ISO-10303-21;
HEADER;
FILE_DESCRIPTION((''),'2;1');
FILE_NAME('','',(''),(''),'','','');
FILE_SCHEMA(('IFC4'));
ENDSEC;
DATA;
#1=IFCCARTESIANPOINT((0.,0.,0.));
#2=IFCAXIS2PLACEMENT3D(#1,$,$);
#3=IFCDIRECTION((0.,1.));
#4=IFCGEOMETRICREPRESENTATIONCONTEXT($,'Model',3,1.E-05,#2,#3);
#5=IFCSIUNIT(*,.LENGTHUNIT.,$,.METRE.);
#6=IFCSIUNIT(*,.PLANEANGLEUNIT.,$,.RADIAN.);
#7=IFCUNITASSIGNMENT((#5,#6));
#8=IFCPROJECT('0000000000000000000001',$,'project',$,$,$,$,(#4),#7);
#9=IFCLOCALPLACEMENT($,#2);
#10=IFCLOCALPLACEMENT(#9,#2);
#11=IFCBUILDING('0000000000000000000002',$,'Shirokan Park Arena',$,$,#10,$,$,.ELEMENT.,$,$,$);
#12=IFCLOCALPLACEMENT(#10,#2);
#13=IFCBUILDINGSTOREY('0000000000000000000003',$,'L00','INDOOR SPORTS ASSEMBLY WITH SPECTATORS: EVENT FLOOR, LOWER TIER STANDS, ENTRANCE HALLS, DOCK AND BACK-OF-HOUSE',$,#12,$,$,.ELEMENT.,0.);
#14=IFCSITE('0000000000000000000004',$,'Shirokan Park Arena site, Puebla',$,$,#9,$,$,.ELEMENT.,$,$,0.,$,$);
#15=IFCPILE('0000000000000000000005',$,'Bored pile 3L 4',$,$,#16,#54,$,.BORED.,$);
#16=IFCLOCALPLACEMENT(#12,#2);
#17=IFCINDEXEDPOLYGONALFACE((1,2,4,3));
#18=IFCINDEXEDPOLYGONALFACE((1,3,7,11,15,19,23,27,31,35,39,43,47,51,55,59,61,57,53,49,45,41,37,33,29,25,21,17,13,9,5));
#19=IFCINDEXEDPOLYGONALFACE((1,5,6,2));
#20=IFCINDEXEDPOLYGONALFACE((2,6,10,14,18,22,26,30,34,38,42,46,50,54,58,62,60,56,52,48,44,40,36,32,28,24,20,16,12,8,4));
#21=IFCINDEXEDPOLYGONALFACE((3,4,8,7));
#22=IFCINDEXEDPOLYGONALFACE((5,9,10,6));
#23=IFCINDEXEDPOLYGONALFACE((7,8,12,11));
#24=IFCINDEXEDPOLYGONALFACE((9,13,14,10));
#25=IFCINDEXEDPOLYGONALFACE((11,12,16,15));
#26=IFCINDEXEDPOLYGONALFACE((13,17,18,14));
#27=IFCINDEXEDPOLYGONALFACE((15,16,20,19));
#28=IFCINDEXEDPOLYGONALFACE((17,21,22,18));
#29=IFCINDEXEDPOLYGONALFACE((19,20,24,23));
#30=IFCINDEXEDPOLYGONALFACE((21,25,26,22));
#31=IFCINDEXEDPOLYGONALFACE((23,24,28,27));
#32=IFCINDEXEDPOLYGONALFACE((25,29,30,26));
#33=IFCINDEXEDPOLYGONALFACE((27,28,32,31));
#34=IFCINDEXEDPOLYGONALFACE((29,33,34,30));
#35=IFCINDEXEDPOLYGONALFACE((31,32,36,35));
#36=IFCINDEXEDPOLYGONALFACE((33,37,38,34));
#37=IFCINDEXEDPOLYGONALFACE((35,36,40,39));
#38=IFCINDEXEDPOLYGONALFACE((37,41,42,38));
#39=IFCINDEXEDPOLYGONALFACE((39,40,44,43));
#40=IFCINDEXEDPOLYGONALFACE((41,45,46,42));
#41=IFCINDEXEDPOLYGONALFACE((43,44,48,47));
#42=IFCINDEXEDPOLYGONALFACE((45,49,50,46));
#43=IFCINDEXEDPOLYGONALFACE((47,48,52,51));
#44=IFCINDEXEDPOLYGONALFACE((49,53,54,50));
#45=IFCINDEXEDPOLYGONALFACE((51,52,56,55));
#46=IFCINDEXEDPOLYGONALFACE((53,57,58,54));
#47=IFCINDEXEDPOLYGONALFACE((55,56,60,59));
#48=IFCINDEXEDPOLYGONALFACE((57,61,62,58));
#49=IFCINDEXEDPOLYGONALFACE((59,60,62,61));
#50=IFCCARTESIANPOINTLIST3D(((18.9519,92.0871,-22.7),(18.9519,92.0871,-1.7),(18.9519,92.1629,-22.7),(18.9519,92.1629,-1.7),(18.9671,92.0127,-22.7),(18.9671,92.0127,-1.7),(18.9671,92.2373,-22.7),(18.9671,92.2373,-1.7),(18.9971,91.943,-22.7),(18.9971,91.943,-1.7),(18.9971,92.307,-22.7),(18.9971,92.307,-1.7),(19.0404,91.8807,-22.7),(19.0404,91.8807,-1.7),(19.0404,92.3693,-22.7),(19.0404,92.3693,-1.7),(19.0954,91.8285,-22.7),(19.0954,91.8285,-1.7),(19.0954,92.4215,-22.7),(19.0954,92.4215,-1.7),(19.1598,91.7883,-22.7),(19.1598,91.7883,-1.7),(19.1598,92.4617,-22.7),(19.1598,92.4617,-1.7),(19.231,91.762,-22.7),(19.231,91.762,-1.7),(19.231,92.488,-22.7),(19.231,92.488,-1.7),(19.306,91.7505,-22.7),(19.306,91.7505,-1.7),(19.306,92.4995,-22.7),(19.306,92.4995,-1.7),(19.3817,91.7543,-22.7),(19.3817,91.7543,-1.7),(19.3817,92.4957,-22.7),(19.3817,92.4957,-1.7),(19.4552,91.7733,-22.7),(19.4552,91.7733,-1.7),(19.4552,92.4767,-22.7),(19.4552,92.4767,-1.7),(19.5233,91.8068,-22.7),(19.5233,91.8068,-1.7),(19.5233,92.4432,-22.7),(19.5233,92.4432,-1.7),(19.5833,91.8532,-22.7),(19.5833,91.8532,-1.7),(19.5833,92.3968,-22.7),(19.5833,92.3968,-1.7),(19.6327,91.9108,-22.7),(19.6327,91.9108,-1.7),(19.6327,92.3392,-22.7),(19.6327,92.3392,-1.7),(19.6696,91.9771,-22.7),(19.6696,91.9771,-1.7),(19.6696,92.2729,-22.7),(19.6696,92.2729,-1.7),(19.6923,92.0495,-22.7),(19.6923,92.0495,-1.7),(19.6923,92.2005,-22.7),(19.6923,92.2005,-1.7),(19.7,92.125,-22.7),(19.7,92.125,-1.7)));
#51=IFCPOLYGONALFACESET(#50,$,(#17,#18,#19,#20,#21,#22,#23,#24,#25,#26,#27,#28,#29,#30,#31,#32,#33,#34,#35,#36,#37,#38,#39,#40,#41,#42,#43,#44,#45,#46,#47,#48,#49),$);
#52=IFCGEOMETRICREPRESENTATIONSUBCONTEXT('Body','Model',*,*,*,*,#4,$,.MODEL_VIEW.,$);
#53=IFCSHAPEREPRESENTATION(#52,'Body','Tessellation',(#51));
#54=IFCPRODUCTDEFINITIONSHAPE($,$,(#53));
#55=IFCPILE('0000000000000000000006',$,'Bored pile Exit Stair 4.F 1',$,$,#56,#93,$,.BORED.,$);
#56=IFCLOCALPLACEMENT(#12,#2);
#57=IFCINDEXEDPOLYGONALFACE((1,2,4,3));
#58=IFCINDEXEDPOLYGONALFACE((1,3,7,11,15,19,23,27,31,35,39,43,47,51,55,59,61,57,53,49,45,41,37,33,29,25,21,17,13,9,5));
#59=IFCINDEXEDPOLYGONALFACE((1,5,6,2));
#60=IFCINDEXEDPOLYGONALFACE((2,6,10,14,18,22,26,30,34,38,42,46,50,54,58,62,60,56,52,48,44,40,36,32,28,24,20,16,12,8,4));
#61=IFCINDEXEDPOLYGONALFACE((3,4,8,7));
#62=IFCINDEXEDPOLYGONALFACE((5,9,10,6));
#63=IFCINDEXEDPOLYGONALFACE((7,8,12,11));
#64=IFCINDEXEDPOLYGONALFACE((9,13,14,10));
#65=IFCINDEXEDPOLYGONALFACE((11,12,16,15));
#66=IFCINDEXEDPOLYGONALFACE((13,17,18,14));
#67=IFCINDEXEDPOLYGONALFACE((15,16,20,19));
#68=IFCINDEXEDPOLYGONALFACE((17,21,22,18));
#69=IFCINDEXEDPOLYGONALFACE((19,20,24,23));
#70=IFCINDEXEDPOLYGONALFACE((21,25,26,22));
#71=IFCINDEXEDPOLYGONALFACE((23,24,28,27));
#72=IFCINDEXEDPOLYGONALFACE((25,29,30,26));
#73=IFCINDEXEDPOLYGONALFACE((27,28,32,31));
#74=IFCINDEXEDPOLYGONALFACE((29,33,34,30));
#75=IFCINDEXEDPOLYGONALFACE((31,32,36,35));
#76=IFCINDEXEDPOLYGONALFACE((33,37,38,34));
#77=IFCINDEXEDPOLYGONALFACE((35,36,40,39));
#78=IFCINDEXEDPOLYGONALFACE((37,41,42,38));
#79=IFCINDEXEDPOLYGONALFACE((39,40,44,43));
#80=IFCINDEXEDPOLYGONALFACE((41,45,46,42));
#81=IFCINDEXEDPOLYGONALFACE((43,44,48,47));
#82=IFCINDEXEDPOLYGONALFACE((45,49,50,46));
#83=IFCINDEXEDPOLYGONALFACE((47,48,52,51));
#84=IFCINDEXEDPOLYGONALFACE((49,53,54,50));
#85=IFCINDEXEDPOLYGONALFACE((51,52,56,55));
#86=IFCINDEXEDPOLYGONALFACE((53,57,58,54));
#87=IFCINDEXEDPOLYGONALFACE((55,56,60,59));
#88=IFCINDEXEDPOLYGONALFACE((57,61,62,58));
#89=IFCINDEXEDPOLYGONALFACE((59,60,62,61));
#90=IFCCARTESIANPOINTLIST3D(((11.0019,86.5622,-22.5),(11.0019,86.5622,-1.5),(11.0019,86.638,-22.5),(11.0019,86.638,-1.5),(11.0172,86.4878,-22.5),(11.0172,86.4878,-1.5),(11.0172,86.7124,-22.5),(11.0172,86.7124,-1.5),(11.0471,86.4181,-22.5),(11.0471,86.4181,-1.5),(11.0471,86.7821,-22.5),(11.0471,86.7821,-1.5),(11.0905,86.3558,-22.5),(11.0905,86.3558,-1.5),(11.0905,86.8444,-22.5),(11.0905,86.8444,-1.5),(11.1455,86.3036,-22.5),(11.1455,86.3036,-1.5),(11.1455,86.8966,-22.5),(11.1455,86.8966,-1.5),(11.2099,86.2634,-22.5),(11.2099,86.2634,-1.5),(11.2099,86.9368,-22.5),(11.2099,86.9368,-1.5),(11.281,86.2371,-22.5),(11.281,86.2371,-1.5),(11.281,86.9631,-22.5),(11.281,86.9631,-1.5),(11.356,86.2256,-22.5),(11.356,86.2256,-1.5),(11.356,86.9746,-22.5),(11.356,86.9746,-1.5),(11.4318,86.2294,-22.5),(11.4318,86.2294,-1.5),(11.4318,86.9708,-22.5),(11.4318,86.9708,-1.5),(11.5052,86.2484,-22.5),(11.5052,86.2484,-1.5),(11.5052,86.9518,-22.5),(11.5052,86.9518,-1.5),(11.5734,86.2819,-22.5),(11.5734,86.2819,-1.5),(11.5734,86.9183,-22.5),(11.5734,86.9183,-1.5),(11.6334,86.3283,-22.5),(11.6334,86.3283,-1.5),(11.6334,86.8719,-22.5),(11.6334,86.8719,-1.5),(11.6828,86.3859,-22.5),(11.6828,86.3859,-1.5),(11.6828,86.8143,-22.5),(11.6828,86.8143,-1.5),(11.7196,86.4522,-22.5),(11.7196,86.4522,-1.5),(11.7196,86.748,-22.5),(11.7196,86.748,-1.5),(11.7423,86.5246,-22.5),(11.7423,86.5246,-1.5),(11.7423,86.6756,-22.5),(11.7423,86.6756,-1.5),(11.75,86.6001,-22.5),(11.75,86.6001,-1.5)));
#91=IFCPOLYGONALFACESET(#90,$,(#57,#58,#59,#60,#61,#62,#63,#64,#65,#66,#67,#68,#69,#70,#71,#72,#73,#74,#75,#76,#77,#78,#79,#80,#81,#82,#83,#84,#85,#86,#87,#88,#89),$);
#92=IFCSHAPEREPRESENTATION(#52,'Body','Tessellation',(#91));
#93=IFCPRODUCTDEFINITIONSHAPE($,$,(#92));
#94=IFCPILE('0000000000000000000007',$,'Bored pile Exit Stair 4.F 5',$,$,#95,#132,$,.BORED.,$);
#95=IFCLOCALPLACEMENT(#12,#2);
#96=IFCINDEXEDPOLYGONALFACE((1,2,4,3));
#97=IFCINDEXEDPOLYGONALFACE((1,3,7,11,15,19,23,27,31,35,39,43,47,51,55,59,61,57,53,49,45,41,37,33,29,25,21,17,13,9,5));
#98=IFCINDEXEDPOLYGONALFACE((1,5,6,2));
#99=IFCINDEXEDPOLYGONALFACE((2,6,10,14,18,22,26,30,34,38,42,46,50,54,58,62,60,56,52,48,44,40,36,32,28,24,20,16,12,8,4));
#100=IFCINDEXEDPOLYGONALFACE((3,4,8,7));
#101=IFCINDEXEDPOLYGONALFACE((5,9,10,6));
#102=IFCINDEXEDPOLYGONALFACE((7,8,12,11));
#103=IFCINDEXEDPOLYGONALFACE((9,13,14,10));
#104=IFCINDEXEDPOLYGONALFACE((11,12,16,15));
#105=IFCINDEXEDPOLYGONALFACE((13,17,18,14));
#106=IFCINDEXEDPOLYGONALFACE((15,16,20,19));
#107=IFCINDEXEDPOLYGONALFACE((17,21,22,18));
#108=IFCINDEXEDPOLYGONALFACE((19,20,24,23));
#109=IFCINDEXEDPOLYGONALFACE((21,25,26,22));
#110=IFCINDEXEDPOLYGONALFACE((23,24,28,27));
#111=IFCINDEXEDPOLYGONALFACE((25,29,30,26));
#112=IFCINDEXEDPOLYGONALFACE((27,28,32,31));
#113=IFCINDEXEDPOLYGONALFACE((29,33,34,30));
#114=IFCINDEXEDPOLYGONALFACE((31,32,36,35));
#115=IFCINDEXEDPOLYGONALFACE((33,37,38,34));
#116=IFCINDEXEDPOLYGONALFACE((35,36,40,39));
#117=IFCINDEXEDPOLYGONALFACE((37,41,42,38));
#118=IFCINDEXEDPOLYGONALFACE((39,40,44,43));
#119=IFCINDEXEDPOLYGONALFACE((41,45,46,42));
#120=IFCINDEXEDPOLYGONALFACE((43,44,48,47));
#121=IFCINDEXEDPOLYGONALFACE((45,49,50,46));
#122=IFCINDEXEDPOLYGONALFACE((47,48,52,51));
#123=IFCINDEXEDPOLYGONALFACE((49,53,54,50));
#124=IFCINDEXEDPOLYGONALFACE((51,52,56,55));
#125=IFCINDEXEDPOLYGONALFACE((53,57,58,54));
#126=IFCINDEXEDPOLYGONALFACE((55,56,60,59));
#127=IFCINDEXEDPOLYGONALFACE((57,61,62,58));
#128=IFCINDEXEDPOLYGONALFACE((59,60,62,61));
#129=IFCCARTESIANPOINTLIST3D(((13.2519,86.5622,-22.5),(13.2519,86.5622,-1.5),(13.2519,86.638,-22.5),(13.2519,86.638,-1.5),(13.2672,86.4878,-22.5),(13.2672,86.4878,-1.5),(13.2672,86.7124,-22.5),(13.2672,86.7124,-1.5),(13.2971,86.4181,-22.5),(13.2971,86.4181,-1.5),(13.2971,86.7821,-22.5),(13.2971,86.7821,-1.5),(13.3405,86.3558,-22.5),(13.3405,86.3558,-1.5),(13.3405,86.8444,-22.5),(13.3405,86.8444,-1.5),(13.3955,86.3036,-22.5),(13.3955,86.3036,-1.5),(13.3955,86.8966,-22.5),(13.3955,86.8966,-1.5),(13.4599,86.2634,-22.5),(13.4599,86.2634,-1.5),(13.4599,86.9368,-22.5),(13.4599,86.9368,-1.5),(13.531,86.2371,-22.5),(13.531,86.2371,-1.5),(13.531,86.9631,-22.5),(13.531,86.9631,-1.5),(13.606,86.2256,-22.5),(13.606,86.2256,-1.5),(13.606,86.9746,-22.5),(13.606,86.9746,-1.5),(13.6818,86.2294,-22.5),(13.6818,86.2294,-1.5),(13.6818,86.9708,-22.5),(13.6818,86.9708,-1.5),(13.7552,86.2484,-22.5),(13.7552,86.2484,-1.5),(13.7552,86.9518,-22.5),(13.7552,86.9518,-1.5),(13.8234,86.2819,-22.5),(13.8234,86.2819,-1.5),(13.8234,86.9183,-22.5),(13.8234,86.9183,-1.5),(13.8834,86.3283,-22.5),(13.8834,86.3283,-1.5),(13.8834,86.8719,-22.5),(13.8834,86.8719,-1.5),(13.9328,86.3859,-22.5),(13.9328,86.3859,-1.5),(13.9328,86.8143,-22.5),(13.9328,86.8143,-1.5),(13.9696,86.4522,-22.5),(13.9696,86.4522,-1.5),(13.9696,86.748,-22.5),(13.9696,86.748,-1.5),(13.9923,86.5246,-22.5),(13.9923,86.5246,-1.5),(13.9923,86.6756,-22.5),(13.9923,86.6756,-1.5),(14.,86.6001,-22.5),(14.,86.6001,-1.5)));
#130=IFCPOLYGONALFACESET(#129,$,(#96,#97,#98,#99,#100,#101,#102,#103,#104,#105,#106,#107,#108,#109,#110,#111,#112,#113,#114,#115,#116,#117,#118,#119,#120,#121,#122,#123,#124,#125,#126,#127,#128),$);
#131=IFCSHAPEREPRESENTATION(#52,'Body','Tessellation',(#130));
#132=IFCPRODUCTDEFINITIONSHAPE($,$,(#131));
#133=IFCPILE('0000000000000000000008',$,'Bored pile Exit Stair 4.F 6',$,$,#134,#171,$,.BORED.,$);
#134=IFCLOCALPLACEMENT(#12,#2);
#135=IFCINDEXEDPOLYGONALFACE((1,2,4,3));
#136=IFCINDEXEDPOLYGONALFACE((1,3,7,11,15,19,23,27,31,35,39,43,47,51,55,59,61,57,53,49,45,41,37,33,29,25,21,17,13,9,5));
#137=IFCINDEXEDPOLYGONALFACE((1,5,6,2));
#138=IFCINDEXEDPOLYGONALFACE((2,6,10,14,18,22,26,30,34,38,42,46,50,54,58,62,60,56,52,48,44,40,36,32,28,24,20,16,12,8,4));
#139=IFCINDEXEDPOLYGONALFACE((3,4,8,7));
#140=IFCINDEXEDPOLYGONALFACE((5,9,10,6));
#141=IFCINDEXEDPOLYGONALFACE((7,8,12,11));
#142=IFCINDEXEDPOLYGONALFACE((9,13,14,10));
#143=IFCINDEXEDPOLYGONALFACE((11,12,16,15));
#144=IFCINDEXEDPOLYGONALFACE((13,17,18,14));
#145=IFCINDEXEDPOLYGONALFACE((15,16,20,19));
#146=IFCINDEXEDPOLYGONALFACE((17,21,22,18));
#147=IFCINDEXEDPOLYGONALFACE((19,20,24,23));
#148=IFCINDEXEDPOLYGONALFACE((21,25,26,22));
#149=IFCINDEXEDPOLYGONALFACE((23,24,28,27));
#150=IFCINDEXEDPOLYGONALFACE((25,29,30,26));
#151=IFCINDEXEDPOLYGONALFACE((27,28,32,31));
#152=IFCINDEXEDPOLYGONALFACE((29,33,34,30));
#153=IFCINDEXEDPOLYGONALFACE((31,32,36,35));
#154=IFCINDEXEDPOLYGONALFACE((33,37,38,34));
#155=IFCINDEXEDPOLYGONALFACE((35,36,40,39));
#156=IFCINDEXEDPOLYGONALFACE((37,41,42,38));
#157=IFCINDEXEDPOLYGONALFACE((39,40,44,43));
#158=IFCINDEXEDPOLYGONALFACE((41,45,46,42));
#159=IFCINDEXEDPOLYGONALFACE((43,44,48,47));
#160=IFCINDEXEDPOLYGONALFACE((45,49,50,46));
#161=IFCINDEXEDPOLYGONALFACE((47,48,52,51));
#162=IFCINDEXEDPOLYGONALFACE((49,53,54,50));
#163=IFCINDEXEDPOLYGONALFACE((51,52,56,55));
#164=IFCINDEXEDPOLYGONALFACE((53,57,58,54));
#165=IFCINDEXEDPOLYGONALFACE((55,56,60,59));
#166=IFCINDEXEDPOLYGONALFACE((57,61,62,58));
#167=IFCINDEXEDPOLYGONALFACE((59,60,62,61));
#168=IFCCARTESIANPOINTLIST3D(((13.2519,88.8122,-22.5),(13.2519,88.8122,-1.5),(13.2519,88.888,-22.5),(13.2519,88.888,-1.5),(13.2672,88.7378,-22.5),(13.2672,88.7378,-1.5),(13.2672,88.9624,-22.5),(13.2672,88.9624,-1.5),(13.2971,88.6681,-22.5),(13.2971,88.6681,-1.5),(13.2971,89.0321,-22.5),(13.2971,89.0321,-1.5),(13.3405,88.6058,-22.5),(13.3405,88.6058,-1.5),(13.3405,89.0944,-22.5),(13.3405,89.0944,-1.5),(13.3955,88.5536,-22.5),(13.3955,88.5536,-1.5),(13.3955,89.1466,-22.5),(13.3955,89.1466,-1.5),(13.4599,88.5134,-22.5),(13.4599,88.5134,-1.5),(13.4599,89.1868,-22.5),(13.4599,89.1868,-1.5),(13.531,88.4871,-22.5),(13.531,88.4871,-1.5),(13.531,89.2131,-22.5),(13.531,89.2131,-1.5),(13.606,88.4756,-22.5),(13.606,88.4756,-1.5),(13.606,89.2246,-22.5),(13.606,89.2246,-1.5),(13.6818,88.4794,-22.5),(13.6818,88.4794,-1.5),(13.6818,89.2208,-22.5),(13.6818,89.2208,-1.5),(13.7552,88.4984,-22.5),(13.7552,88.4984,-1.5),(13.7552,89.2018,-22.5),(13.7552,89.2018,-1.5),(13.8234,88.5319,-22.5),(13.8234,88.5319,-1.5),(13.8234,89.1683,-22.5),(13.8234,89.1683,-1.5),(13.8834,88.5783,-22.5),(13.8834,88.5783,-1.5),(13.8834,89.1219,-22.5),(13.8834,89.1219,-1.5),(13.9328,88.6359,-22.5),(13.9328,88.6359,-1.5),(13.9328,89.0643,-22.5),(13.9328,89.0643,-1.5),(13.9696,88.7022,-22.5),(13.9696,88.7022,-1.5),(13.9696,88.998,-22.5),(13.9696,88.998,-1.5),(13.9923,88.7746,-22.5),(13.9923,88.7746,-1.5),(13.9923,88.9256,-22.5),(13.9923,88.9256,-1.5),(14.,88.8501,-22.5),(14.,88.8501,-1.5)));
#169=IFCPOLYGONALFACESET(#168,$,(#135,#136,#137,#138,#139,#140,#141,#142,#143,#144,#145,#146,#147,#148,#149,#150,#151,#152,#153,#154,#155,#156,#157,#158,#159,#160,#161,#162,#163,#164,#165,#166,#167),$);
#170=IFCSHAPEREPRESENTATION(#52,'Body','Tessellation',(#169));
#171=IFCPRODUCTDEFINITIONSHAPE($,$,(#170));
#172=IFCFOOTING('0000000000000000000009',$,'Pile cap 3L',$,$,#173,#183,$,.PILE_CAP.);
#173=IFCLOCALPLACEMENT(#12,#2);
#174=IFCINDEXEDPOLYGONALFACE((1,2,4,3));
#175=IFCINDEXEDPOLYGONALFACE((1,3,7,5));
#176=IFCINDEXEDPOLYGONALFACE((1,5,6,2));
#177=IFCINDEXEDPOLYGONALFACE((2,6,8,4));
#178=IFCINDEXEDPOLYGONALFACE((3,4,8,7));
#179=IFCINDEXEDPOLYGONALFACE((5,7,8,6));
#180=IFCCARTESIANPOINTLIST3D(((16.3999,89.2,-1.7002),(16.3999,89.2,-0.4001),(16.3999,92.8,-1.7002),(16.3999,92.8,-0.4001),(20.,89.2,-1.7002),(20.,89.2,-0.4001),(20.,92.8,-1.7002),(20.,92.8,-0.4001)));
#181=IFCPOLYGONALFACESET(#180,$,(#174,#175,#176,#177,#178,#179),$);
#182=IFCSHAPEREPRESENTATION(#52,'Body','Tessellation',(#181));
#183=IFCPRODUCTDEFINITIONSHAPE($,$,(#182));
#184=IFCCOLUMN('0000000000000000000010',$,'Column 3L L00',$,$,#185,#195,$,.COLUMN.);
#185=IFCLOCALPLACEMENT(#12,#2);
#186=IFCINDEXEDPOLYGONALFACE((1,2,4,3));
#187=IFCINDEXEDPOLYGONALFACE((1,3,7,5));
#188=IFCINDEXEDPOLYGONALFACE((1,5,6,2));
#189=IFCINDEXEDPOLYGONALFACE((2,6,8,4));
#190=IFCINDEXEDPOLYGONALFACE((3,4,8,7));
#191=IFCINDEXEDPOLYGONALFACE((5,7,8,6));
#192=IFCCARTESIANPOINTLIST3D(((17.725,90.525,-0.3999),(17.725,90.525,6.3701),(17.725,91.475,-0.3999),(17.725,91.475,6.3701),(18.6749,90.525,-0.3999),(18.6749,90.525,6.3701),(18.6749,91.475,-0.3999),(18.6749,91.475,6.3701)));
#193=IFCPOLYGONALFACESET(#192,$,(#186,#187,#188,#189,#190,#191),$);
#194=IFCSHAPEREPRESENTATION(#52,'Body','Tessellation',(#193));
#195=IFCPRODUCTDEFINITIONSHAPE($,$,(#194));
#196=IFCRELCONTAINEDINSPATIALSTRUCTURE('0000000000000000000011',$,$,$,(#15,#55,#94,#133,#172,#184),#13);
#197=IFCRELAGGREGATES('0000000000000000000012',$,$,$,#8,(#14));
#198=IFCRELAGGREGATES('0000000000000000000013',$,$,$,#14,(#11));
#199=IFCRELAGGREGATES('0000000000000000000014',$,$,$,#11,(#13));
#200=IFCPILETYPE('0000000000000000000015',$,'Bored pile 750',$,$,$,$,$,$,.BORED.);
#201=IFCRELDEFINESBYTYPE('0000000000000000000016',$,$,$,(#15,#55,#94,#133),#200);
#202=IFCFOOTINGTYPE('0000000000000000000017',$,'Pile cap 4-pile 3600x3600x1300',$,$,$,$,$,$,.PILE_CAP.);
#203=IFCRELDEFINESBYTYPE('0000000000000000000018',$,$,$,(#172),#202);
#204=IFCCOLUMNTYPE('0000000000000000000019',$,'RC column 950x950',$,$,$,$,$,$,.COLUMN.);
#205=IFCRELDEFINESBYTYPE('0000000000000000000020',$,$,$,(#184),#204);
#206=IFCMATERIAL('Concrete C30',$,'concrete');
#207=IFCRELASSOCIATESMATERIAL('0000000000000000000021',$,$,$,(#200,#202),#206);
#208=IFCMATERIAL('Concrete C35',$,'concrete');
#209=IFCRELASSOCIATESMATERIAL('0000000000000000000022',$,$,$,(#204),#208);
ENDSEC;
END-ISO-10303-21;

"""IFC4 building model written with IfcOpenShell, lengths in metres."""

from ifc_helpers import new_model, si_unit, direction, frame, origin, origin_2d, place, context, subcontext, project, spatial, rectangle, circle, extrude, material, material_profile, profile_set, type_object, element, save


model = new_model("IFC4")

# Units and contexts
model_context = context("Model", 3, precision=1e-05, world=origin(), true_north=direction((0.0, 1.0)))
body_context = subcontext(model_context, "Body", "Model", "MODEL_VIEW")
ifc_project = project(units=[si_unit("LENGTHUNIT", "METRE"), si_unit("PLANEANGLEUNIT", "RADIAN")], contexts=[model_context])

# Site, building, storey
site_placement = place(None, origin())
site = spatial("IfcSite", under=ifc_project, at=site_placement, Name="Shirokan Park Arena site, Puebla", CompositionType="ELEMENT", RefElevation=0.0)
building_placement = place(site_placement, origin())
building = spatial("IfcBuilding", under=site, at=building_placement, Name="Shirokan Park Arena", CompositionType="ELEMENT")
storey_placement = place(building_placement, origin())
storey = spatial("IfcBuildingStorey", under=building, at=storey_placement, Name="L00", Description="INDOOR SPORTS ASSEMBLY WITH SPECTATORS: EVENT FLOOR, LOWER TIER STANDS, ENTRANCE HALLS, DOCK AND BACK-OF-HOUSE", CompositionType="ELEMENT", Elevation=0.0)

# Piles
ifc_material_1 = material(Name="Concrete C30", Category="concrete")
ifc_material_profile_1 = material_profile(ifc_material_1, circle(Radius=0.375, at=origin_2d()), Name="D750")
ifc_profile_set_1 = profile_set([ifc_material_profile_1], Name="Concrete C30")
pile_type = type_object("IfcPileType", Name="Bored pile 750", PredefinedType="BORED", material=ifc_profile_set_1)
for number, where, z_axis, x_axis, name in (
    (1, (19.325, 92.125, -1.7), (0.0, 0.0, -1.0), (1.0, 0.0, 0.0), "Bored pile 3L 4"),
    (2, (11.375, 86.6001, -1.5), (0.0, 0.0, -1.0), (1.0, 0.0, 0.0), "Bored pile Exit Stair 4.F 1"),
    (3, (13.625, 86.6001, -1.5), (0.0, 0.0, -1.0), (1.0, 0.0, 0.0), "Bored pile Exit Stair 4.F 5"),
    (4, (13.625, 88.8501, -1.5), (0.0, 0.0, -1.0), (1.0, 0.0, 0.0), "Bored pile Exit Stair 4.F 6"),
):
    element("IfcPile", number, at=place(storey_placement, frame(where, z_axis=z_axis, x_axis=x_axis)), inside=storey, type_object=pile_type, Name=name, PredefinedType="BORED", context=body_context, shape_type="SweptSolid", body=[
        extrude(circle(Radius=0.375, at=origin_2d()), origin(), (0.0, 0.0, 1.0), 21.0),
    ])

# Footing
footing_type = type_object("IfcFootingType", Name="Pile cap 4-pile 3600x3600x1300", PredefinedType="PILE_CAP", material=ifc_material_1)
footing_placement = place(storey_placement, frame((18.2, 91.0, -1.7002), z_axis=(0.0, 0.0, 1.0), x_axis=(1.0, 0.0, 0.0)))
element("IfcFooting", 5, at=footing_placement, inside=storey, type_object=footing_type, Name="Pile cap 3L", PredefinedType="PILE_CAP", context=body_context, shape_type="SweptSolid", body=[
    extrude(rectangle(XDim=3.6001, YDim=3.6001, at=origin_2d()), origin(), (0.0, 0.0, 1.0), 1.3),
])

# Column
ifc_material_2 = material(Name="Concrete C35", Category="concrete")
ifc_material_profile_2 = material_profile(ifc_material_2, rectangle(XDim=0.95, YDim=0.95, at=origin_2d()), Name="950x950")
ifc_profile_set_2 = profile_set([ifc_material_profile_2], Name="Concrete C35")
column_type = type_object("IfcColumnType", Name="RC column 950x950", PredefinedType="COLUMN", material=ifc_profile_set_2)
column_placement = place(storey_placement, frame((18.2, 91.0, -0.3999), z_axis=(0.0, 0.0, 1.0), x_axis=(1.0, 0.0, 0.0)))
element("IfcColumn", 6, at=column_placement, inside=storey, type_object=column_type, Name="Column 3L L00", PredefinedType="COLUMN", context=body_context, shape_type="SweptSolid", body=[
    extrude(rectangle(XDim=0.95, YDim=0.95, at=origin_2d()), origin(), (0.0, 0.0, 1.0), 6.77),
])

save(model, "model.ifc")
